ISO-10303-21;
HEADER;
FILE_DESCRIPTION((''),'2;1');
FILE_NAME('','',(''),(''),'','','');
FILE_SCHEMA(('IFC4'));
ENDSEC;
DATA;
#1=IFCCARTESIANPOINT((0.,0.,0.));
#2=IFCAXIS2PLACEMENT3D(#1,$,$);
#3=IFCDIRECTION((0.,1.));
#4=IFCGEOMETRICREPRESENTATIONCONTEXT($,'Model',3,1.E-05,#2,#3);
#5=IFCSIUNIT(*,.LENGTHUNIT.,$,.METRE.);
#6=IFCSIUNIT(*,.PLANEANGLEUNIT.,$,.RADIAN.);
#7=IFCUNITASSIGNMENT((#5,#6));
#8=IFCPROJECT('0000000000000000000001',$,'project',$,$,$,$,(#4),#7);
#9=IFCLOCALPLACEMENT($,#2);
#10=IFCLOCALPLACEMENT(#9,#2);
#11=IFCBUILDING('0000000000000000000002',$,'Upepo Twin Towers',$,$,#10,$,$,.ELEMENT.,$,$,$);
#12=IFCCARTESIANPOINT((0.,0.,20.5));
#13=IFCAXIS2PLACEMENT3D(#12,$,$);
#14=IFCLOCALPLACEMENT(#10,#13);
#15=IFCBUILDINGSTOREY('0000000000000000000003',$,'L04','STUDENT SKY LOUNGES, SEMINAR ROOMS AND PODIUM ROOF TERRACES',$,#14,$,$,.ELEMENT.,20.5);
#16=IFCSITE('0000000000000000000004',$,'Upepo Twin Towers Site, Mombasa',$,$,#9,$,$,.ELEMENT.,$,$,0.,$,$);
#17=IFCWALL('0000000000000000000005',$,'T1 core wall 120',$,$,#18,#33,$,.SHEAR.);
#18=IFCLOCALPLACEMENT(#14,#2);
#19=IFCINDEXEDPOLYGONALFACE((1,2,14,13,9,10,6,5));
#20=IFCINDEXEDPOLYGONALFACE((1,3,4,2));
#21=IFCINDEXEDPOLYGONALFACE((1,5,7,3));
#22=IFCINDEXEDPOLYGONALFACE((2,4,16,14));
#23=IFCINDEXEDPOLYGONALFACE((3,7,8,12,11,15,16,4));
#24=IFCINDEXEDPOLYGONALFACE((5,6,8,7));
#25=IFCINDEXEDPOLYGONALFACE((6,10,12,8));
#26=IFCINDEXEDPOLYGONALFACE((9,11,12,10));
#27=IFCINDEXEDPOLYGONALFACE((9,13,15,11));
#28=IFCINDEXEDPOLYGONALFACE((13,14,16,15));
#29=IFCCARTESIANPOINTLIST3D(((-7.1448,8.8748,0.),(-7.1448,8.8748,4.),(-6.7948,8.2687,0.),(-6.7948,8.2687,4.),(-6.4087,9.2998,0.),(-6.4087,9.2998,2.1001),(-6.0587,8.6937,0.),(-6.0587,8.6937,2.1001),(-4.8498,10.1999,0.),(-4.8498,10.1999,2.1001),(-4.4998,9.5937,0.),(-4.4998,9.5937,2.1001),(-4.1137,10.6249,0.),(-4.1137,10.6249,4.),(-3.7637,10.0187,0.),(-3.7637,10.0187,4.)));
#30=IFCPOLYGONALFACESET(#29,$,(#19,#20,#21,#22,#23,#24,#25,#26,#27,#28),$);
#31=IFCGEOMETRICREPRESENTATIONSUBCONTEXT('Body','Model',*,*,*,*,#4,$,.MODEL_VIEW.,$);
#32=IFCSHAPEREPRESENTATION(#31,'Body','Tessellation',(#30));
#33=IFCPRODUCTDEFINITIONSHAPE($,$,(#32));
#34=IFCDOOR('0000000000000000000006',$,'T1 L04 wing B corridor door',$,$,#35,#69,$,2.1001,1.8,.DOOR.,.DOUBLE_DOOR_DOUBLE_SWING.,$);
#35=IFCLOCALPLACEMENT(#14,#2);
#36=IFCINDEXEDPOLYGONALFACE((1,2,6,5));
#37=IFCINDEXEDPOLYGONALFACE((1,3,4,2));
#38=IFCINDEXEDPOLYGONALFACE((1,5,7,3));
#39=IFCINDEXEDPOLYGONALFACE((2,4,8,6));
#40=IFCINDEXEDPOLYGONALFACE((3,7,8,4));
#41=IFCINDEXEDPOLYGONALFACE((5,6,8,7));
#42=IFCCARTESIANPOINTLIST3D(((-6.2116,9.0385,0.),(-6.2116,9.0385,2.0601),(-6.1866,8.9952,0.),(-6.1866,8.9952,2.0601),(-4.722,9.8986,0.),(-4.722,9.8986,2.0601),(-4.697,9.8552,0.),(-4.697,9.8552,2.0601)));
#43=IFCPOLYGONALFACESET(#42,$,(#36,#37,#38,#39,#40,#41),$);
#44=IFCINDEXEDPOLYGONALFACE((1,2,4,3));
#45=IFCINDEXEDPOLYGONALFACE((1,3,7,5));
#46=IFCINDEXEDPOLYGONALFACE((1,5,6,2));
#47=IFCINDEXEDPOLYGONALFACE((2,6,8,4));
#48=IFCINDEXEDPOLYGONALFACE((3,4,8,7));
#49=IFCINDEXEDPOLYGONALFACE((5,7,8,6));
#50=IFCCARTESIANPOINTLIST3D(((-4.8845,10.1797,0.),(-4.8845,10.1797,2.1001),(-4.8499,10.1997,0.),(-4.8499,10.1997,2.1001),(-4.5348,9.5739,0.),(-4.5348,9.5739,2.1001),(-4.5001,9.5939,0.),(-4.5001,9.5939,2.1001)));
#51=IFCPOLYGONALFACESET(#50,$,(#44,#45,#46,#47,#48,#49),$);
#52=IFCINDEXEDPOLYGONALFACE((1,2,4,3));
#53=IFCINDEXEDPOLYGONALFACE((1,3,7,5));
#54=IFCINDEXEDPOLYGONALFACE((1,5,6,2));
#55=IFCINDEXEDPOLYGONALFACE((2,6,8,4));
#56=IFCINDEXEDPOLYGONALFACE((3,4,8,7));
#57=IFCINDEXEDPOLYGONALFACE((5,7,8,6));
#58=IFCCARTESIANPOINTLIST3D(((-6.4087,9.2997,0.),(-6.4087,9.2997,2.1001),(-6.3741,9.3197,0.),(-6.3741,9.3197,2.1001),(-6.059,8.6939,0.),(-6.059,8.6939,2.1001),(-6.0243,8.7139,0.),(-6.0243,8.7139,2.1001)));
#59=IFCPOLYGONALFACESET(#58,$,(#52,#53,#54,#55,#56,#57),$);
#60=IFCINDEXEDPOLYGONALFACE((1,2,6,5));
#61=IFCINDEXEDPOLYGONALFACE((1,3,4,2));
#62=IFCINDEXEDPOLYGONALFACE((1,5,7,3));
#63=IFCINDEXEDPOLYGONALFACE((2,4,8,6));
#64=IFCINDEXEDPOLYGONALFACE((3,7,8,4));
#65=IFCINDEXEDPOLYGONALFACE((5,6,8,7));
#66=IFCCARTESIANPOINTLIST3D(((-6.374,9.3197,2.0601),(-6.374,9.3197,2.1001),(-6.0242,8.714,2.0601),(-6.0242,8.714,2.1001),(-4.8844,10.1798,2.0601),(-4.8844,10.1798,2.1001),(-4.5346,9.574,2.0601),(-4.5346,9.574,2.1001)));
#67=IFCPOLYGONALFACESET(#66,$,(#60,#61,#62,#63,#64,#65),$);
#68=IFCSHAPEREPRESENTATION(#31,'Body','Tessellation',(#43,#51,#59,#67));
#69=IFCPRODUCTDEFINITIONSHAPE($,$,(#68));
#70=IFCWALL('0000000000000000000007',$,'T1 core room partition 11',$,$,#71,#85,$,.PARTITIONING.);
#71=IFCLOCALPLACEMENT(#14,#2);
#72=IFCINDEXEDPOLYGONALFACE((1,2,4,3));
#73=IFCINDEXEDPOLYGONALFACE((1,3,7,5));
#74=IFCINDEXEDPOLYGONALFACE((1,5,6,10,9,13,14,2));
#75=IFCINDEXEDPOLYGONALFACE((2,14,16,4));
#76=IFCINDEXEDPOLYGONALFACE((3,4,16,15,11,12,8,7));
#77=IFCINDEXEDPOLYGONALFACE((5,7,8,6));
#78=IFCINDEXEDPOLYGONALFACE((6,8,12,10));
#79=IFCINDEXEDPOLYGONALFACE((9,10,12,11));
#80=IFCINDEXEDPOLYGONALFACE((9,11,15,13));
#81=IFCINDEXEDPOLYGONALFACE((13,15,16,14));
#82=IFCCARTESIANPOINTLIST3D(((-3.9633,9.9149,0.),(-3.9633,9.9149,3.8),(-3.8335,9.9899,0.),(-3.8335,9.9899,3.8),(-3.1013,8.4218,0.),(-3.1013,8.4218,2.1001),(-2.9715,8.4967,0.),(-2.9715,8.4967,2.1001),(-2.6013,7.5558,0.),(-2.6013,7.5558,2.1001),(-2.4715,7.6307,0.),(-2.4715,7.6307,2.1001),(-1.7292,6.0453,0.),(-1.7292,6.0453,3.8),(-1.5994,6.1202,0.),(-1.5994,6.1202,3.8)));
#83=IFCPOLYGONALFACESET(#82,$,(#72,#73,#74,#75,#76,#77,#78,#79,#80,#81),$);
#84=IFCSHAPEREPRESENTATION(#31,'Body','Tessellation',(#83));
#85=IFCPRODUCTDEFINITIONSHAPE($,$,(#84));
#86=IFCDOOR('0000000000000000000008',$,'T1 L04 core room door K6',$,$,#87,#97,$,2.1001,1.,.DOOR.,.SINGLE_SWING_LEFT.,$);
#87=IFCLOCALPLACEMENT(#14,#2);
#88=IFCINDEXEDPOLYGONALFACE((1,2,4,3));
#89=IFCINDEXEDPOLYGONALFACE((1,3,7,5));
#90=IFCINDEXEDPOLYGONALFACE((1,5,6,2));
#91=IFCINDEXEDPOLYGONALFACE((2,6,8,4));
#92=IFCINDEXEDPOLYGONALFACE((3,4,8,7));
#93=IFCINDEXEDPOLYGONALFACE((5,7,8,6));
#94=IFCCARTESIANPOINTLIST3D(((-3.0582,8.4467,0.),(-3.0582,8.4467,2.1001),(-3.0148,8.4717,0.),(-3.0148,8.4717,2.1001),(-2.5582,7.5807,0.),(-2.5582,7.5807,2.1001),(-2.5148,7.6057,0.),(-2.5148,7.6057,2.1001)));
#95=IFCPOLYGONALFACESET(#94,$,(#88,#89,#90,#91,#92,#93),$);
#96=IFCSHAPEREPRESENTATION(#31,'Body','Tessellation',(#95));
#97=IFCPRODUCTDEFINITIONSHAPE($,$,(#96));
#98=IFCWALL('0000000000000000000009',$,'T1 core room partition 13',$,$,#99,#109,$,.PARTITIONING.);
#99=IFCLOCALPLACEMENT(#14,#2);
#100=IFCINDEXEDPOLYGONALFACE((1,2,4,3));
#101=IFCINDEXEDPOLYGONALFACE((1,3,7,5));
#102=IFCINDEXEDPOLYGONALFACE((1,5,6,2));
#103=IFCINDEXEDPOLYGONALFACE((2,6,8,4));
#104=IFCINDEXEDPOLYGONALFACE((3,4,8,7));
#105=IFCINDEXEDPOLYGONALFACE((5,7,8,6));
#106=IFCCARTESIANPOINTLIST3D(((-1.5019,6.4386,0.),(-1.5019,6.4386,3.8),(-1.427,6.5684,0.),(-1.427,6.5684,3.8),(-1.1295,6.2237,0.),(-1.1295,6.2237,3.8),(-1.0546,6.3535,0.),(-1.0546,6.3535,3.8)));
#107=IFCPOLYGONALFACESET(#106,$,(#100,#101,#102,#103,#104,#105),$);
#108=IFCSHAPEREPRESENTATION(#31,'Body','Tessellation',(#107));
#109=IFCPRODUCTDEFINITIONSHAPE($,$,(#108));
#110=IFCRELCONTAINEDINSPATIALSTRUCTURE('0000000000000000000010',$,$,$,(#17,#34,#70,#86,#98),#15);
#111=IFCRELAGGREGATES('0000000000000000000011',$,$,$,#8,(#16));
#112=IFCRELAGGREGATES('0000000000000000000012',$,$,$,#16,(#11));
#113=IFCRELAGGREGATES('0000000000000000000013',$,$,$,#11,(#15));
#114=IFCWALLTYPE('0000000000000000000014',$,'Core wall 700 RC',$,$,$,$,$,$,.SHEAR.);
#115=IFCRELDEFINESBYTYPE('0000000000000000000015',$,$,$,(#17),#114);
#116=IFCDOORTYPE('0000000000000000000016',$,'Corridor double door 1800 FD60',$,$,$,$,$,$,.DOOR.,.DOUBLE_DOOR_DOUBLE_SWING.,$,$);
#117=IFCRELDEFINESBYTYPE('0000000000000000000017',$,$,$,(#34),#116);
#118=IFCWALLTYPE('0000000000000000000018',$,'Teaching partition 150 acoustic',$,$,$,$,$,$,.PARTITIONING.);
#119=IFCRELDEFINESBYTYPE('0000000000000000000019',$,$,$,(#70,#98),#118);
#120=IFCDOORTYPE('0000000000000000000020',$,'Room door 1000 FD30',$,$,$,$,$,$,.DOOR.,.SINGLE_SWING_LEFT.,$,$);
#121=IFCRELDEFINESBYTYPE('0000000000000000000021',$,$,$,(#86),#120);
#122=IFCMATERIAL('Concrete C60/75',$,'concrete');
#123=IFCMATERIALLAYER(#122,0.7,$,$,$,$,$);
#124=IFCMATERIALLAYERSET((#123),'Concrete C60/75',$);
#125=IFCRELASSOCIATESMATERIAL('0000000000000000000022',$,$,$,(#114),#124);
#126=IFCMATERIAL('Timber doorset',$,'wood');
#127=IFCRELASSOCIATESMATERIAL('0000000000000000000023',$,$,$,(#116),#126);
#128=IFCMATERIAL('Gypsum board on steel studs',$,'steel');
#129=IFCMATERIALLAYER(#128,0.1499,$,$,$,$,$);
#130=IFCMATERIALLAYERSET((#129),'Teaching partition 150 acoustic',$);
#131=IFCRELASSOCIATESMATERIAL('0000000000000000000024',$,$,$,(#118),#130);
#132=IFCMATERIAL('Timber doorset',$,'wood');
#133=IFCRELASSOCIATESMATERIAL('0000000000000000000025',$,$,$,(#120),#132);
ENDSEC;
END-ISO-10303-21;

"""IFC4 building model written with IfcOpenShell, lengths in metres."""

from ifc_helpers import new_model, si_unit, direction, frame, frame_2d, origin, place, context, subcontext, project, spatial, rectangle, extrude, material, layer, layer_set, type_object, element, fill, save


model = new_model("IFC4")

# Units and contexts
model_context = context("Model", 3, precision=1e-05, world=origin(), true_north=direction((0.0, 1.0)))
body_context = subcontext(model_context, "Body", "Model", "MODEL_VIEW")
ifc_project = project(units=[si_unit("LENGTHUNIT", "METRE"), si_unit("PLANEANGLEUNIT", "RADIAN")], contexts=[model_context])

# Site, building, storey
site_placement = place(None, origin())
site = spatial("IfcSite", under=ifc_project, at=site_placement, Name="Upepo Twin Towers Site, Mombasa", CompositionType="ELEMENT", RefElevation=0.0)
building_placement = place(site_placement, origin())
building = spatial("IfcBuilding", under=site, at=building_placement, Name="Upepo Twin Towers", CompositionType="ELEMENT")
storey_placement = place(building_placement, frame((0.0, 0.0, 20.5)))
storey = spatial("IfcBuildingStorey", under=building, at=storey_placement, Name="L04", Description="STUDENT SKY LOUNGES, SEMINAR ROOMS AND PODIUM ROOF TERRACES", CompositionType="ELEMENT", Elevation=20.5)

# Shared definitions
ifc_material_1 = material(Name="Concrete C60/75", Category="concrete")
ifc_layer_1 = layer(ifc_material_1, 0.7)
ifc_layer_set_1 = layer_set([ifc_layer_1], Name="Concrete C60/75")
wall_type_1 = type_object("IfcWallType", Name="Core wall 700 RC", PredefinedType="SHEAR", material=ifc_layer_set_1)

# Walls, openings, doors
wall_1_placement = place(storey_placement, frame((-3.9387, 10.3218, 0.0), z_axis=(0.0, 0.0, 1.0), x_axis=(-0.866019, -0.50001, 0.0)))
wall_1 = element("IfcWall", 1, at=wall_1_placement, inside=storey, type_object=wall_type_1, Name="T1 core wall 120", PredefinedType="SHEAR", context=body_context, shape_type="SweptSolid", body=[
    extrude(rectangle(XDim=3.5, YDim=0.7, at=frame_2d((1.75, 0.0))), origin(), (0.0, 0.0, 1.0), 4.0),
])
opening_1_placement = place(wall_1_placement, frame((0.8501, 0.0, 0.0)))
opening_1 = element("IfcOpeningElement", 2, at=opening_1_placement, cuts=wall_1, PredefinedType="OPENING", context=body_context, shape_type="SweptSolid", body=[
    extrude(rectangle(XDim=1.8, YDim=2.1001, at=frame_2d((0.8999, 1.05))), frame((0.0, 0.3599, 0.0), z_axis=(0.0, -1.0, 0.0), x_axis=(1.0, 0.0, 0.0)), (0.0, 0.0, 1.0), 0.72),
])
ifc_material_2 = material(Name="Timber doorset", Category="wood")
door_type_1 = type_object("IfcDoorType", Name="Corridor double door 1800 FD60", OperationType="DOUBLE_DOOR_DOUBLE_SWING", PredefinedType="DOOR", material=ifc_material_2)
door_1_placement = place(opening_1_placement, origin())
door_1 = element("IfcDoor", 3, at=door_1_placement, inside=storey, type_object=door_type_1, Name="T1 L04 wing B corridor door", OperationType="DOUBLE_DOOR_DOUBLE_SWING", OverallHeight=2.1001, OverallWidth=1.8, PredefinedType="DOOR", context=body_context, shape_type="SweptSolid", body=[
    extrude(rectangle(XDim=1.72, YDim=2.0601, at=frame_2d((0.8999, 1.03))), frame((0.0, 0.0249, 0.0), z_axis=(0.0, -1.0, 0.0), x_axis=(1.0, 0.0, 0.0)), (0.0, 0.0, 1.0), 0.05),
    extrude(rectangle(XDim=0.04, YDim=2.1001, at=frame_2d((0.02, 1.05))), frame((0.0, 0.3496, 0.0), z_axis=(0.0, -1.0, 0.0), x_axis=(1.0, 0.0, 0.0)), (0.0, 0.0, 1.0), 0.6995),
    extrude(rectangle(XDim=0.04, YDim=2.1001, at=frame_2d((1.78, 1.05))), frame((0.0, 0.3496, 0.0), z_axis=(0.0, -1.0, 0.0), x_axis=(1.0, 0.0, 0.0)), (0.0, 0.0, 1.0), 0.6995),
    extrude(rectangle(XDim=1.72, YDim=0.04, at=frame_2d((0.8999, 2.0801))), frame((0.0, 0.3496, 0.0), z_axis=(0.0, -1.0, 0.0), x_axis=(1.0, 0.0, 0.0)), (0.0, 0.0, 1.0), 0.6995),
])
fill(opening_1, door_1)
ifc_material_3 = material(Name="Gypsum board on steel studs", Category="steel")
ifc_layer_2 = layer(ifc_material_3, 0.1499)
ifc_layer_set_2 = layer_set([ifc_layer_2], Name="Teaching partition 150 acoustic")
wall_type_2 = type_object("IfcWallType", Name="Teaching partition 150 acoustic", PredefinedType="PARTITIONING", material=ifc_layer_set_2)
wall_2_placement = place(storey_placement, frame((-3.8984, 9.9524, 0.0), z_axis=(0.0, 0.0, 1.0), x_axis=(0.5, -0.866025, 0.0)))
wall_2 = element("IfcWall", 4, at=wall_2_placement, inside=storey, type_object=wall_type_2, Name="T1 core room partition 11", PredefinedType="PARTITIONING", context=body_context, shape_type="SweptSolid", body=[
    extrude(rectangle(XDim=4.4683, YDim=0.1499, at=frame_2d((2.2341, 0.0))), origin(), (0.0, 0.0, 1.0), 3.8),
])
opening_2_placement = place(wall_2_placement, frame((1.7241, 0.0, 0.0)))
opening_2 = element("IfcOpeningElement", 5, at=opening_2_placement, cuts=wall_2, PredefinedType="OPENING", context=body_context, shape_type="SweptSolid", body=[
    extrude(rectangle(XDim=1.0, YDim=2.1001, at=frame_2d((0.5, 1.05))), frame((0.0, 0.085, 0.0), z_axis=(0.0, -1.0, 0.0), x_axis=(1.0, 0.0, 0.0)), (0.0, 0.0, 1.0), 0.1699),
])
ifc_material_4 = material(Name="Timber doorset", Category="wood")
door_type_2 = type_object("IfcDoorType", Name="Room door 1000 FD30", OperationType="SINGLE_SWING_LEFT", PredefinedType="DOOR", material=ifc_material_4)
door_2_placement = place(opening_2_placement, origin())
door_2 = element("IfcDoor", 6, at=door_2_placement, inside=storey, type_object=door_type_2, Name="T1 L04 core room door K6", OperationType="SINGLE_SWING_LEFT", OverallHeight=2.1001, OverallWidth=1.0, PredefinedType="DOOR", context=body_context, shape_type="SweptSolid", body=[
    extrude(rectangle(XDim=1.0, YDim=2.1001, at=frame_2d((0.5, 1.05))), frame((0.0, 0.0249, 0.0), z_axis=(0.0, -1.0, 0.0), x_axis=(1.0, 0.0, 0.0)), (0.0, 0.0, 1.0), 0.05),
])
fill(opening_2, door_2)

# Wall
wall_3_placement = place(storey_placement, frame((-1.4644, 6.5034, 0.0), z_axis=(0.0, 0.0, 1.0), x_axis=(0.866138, -0.499804, 0.0)))
element("IfcWall", 7, at=wall_3_placement, inside=storey, type_object=wall_type_2, Name="T1 core room partition 13", PredefinedType="PARTITIONING", context=body_context, shape_type="SweptSolid", body=[
    extrude(rectangle(XDim=0.4299, YDim=0.1499, at=frame_2d((0.2148, 0.0))), origin(), (0.0, 0.0, 1.0), 3.8),
])

save(model, "model.ifc")
